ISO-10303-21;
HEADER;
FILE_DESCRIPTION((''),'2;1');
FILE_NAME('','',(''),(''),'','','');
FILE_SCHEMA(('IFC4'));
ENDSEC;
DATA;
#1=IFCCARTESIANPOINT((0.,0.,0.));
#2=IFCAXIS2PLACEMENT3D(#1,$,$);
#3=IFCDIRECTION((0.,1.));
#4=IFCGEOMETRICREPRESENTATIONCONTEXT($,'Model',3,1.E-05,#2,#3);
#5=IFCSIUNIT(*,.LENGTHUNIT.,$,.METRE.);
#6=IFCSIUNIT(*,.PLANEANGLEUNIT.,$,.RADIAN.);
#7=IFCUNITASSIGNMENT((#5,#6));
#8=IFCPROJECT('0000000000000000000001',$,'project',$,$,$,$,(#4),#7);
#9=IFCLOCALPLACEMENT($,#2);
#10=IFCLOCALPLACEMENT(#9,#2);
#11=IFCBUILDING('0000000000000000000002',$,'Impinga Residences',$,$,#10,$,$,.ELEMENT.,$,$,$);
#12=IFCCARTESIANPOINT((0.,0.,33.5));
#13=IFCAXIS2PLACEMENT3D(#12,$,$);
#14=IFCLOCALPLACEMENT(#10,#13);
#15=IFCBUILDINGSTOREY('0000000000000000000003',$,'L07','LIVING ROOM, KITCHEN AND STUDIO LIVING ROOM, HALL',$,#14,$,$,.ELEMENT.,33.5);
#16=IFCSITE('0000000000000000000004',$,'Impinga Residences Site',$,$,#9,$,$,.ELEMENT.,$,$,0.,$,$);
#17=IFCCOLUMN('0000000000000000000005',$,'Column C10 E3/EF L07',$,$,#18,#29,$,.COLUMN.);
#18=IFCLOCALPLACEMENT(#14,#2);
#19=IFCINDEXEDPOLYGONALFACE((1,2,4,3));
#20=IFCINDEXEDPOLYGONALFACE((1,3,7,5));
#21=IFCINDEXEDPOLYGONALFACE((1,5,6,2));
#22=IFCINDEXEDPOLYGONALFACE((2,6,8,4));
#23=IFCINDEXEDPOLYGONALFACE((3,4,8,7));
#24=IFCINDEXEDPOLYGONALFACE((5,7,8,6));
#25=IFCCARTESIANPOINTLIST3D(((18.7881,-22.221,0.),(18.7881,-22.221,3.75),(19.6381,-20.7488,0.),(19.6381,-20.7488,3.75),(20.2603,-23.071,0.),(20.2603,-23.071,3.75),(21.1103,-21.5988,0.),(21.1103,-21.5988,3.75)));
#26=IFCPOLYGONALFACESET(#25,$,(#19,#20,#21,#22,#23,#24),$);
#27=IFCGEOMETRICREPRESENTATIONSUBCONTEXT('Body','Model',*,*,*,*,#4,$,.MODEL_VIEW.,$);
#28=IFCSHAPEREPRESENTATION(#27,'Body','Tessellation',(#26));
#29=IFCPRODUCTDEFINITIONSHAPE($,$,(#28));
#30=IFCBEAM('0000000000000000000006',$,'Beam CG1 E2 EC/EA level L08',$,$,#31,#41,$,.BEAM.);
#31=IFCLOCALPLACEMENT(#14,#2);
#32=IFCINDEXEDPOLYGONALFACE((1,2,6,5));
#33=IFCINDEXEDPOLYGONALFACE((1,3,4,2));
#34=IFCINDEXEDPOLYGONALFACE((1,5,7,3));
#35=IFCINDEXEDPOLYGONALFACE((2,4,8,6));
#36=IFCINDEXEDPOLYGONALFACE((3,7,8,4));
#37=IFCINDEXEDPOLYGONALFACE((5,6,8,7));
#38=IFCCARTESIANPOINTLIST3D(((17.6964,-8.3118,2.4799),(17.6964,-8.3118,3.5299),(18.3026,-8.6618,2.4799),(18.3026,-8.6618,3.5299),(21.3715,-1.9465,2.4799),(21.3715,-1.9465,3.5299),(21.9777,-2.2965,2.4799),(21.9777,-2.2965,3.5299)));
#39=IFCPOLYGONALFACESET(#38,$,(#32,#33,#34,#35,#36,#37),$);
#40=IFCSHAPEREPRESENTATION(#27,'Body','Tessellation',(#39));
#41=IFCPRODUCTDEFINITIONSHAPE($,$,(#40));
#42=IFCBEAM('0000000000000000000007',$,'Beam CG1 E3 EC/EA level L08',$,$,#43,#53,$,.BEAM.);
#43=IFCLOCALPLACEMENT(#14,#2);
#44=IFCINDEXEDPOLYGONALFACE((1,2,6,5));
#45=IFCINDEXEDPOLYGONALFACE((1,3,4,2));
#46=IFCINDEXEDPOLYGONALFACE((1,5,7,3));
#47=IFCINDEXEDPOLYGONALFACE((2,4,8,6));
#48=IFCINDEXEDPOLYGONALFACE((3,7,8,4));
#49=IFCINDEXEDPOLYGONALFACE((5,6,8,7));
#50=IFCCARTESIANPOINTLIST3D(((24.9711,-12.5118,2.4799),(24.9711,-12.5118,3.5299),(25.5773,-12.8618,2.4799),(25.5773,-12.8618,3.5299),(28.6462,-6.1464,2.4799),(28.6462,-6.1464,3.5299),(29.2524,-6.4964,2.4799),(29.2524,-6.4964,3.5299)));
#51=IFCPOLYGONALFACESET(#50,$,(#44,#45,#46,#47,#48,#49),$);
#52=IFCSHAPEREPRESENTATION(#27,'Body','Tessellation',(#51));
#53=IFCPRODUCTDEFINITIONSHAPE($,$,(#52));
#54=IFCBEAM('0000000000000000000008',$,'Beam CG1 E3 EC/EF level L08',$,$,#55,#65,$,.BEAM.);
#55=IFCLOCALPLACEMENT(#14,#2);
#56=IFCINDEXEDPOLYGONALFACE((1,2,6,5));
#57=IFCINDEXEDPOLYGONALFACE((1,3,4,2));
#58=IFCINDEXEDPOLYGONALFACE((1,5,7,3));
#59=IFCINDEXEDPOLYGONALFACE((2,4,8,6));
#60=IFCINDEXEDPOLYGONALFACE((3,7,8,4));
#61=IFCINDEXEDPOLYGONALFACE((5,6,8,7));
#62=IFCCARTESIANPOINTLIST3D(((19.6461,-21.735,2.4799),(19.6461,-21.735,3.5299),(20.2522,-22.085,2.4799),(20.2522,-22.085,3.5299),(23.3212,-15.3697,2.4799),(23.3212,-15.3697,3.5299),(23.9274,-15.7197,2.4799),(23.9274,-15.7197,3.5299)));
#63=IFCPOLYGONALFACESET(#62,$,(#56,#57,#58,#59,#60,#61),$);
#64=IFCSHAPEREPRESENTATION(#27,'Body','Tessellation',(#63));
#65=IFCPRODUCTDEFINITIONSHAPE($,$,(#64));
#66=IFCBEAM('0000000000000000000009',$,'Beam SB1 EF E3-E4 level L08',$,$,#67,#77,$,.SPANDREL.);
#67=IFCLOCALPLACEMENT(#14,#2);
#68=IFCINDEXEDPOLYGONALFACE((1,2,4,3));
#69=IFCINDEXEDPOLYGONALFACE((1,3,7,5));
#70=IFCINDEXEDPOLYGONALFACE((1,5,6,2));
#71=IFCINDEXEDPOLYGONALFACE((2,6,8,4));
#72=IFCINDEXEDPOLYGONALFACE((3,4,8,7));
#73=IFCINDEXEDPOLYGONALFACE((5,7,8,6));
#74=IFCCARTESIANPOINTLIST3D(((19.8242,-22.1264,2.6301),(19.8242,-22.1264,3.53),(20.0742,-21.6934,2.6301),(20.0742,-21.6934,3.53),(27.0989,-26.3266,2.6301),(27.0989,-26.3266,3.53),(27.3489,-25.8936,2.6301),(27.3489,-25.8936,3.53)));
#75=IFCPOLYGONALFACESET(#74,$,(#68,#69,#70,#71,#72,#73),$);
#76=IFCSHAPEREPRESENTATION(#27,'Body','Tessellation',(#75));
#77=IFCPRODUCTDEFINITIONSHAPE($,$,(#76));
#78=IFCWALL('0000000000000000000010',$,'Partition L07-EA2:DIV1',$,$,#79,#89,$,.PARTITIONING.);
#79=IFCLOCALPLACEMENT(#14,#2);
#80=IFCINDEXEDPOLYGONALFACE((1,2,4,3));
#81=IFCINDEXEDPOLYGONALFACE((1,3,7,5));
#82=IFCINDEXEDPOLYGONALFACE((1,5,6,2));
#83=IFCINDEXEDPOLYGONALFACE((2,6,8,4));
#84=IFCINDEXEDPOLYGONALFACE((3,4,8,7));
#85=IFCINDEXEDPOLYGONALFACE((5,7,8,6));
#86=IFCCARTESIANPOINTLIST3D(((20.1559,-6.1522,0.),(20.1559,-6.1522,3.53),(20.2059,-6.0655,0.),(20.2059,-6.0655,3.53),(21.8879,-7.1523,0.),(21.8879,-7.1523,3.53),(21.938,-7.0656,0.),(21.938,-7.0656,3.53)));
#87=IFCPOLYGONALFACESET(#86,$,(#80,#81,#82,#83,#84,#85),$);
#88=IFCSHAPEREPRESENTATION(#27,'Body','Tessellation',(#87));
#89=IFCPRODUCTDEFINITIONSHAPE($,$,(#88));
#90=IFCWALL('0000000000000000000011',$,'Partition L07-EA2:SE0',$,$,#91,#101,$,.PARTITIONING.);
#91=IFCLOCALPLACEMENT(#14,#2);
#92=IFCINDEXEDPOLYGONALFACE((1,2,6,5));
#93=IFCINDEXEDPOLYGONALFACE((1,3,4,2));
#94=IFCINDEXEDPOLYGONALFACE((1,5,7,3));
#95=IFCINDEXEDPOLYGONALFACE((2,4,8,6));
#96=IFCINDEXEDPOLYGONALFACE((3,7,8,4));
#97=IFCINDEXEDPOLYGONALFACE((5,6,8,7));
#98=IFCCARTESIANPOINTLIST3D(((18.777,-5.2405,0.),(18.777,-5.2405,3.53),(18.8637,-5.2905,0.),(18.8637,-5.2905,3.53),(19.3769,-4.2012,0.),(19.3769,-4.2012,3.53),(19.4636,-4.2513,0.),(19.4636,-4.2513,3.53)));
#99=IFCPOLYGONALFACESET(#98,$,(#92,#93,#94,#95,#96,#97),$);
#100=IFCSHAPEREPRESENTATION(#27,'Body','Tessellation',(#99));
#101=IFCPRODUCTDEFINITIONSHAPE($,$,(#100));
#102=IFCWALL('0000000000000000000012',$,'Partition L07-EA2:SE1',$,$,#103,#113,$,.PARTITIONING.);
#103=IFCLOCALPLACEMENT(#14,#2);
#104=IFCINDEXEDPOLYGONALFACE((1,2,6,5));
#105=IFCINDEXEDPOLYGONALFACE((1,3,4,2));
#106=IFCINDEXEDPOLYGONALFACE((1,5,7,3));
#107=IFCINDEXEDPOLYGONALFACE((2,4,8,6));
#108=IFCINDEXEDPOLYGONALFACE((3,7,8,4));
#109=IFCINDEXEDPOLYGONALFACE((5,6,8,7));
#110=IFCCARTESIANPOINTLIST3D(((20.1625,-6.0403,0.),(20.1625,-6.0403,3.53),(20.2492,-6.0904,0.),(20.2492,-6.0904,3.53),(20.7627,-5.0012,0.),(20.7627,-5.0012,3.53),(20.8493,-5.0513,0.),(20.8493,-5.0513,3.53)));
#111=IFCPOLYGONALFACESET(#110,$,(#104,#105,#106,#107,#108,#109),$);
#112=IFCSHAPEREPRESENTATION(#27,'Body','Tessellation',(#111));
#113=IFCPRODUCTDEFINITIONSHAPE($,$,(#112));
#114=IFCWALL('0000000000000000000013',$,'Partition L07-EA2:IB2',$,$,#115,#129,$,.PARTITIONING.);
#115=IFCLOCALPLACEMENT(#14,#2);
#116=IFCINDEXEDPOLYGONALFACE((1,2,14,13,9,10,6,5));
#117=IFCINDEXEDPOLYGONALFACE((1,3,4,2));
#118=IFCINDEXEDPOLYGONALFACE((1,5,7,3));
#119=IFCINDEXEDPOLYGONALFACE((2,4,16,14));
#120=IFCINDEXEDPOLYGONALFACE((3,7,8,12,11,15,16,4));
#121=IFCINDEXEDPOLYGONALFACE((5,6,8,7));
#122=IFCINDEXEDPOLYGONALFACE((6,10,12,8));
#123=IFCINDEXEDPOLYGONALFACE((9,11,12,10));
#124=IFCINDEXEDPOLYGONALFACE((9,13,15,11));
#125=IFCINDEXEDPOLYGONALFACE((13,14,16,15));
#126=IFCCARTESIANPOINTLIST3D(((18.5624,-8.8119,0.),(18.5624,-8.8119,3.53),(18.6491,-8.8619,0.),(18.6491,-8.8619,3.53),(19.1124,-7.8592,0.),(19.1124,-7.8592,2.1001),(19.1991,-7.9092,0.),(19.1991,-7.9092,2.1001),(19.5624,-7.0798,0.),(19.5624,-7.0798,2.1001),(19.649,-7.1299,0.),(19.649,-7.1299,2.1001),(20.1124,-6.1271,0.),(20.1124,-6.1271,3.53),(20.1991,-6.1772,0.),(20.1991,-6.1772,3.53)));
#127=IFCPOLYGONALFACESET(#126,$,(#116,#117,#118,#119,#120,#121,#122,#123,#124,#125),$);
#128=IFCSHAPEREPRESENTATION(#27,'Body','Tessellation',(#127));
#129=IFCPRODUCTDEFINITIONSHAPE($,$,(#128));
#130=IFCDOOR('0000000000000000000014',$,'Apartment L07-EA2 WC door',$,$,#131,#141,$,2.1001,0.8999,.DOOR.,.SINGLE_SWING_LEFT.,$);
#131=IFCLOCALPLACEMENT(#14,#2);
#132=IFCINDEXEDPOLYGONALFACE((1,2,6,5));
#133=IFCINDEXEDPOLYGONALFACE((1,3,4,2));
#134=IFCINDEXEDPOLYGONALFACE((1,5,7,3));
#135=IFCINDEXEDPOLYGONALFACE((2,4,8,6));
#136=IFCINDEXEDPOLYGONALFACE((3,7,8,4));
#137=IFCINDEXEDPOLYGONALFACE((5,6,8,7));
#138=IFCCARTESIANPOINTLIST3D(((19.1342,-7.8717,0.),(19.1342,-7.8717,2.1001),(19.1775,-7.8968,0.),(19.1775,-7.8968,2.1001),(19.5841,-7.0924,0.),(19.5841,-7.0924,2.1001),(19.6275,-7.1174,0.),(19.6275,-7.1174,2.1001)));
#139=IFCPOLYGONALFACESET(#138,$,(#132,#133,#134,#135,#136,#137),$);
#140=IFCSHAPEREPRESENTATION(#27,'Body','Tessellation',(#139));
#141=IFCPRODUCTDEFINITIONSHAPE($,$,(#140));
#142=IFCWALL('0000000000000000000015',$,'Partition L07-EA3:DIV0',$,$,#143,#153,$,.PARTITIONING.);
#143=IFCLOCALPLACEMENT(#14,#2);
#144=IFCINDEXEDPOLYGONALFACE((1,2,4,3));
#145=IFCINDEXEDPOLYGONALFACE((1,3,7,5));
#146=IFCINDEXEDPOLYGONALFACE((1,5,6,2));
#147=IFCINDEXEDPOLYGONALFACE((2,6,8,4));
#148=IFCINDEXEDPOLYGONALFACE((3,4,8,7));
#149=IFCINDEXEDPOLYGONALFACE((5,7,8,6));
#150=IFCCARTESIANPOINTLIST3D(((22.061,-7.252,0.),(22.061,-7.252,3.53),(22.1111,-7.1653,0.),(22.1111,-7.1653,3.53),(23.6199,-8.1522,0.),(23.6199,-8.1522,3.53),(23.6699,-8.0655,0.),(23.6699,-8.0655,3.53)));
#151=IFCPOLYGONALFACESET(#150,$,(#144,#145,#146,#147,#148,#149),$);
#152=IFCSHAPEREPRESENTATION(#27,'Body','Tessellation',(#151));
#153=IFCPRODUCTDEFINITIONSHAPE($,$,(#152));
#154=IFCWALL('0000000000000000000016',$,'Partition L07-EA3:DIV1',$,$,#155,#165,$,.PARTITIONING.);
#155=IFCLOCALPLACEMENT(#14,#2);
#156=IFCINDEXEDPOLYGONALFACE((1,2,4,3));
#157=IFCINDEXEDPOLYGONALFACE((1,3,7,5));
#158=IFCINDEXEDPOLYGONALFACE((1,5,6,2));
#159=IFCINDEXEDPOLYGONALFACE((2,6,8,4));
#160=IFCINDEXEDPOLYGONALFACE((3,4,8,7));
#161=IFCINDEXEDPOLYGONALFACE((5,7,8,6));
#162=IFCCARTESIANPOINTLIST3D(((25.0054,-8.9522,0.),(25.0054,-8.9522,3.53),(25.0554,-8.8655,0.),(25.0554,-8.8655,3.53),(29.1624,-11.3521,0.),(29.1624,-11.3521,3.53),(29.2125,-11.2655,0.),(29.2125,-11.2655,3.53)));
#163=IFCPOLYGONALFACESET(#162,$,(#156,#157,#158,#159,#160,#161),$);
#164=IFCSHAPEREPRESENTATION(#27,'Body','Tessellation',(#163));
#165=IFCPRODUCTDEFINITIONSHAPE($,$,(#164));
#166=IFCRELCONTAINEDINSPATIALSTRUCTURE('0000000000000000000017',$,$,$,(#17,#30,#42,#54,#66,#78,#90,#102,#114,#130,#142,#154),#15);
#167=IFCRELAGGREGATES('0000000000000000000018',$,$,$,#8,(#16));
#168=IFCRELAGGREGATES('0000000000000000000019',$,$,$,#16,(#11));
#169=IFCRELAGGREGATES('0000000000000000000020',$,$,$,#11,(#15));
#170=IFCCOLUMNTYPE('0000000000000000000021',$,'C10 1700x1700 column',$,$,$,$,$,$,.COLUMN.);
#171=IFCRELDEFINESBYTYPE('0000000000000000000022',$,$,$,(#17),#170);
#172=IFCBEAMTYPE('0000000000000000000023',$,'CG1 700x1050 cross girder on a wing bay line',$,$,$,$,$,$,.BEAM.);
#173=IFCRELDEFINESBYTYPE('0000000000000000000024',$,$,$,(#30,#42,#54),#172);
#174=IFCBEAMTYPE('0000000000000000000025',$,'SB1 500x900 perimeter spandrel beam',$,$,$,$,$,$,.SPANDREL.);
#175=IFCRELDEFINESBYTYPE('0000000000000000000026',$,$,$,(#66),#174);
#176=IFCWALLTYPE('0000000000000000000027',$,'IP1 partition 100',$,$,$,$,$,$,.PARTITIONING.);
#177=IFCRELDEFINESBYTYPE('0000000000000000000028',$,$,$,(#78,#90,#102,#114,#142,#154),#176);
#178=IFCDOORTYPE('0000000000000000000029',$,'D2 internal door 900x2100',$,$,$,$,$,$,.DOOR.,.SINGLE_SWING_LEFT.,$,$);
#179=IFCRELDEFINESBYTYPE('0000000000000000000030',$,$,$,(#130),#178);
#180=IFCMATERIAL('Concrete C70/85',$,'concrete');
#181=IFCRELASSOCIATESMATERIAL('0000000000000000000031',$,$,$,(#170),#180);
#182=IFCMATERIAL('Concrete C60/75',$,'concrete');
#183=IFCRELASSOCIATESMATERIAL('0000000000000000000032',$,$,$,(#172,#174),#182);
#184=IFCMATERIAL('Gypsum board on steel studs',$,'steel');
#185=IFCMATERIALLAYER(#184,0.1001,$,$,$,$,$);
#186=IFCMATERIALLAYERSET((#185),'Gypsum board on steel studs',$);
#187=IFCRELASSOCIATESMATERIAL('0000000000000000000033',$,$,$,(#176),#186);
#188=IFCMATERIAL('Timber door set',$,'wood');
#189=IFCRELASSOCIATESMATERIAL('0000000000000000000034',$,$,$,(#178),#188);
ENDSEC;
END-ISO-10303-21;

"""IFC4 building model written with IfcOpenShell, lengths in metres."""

from ifc_helpers import new_model, si_unit, direction, frame, frame_2d, origin, origin_2d, place, context, subcontext, project, spatial, rectangle, extrude, material, layer, layer_set, material_profile, profile_set, type_object, element, fill, save


model = new_model("IFC4")

# Units and contexts
model_context = context("Model", 3, precision=1e-05, world=origin(), true_north=direction((0.0, 1.0)))
body_context = subcontext(model_context, "Body", "Model", "MODEL_VIEW")
ifc_project = project(units=[si_unit("LENGTHUNIT", "METRE"), si_unit("PLANEANGLEUNIT", "RADIAN")], contexts=[model_context])

# Site, building, storey
site_placement = place(None, origin())
site = spatial("IfcSite", under=ifc_project, at=site_placement, Name="Impinga Residences Site", CompositionType="ELEMENT", RefElevation=0.0)
building_placement = place(site_placement, origin())
building = spatial("IfcBuilding", under=site, at=building_placement, Name="Impinga Residences", CompositionType="ELEMENT")
storey_placement = place(building_placement, frame((0.0, 0.0, 33.5)))
storey = spatial("IfcBuildingStorey", under=building, at=storey_placement, Name="L07", Description="LIVING ROOM, KITCHEN AND STUDIO LIVING ROOM, HALL", CompositionType="ELEMENT", Elevation=33.5)

# Column
ifc_material_1 = material(Name="Concrete C70/85", Category="concrete")
ifc_material_profile_1 = material_profile(ifc_material_1, rectangle(XDim=1.7, YDim=1.7, at=origin_2d()), Name="RC 1700x1700")
ifc_profile_set_1 = profile_set([ifc_material_profile_1], Name="Concrete C70/85")
column_type = type_object("IfcColumnType", Name="C10 1700x1700 column", PredefinedType="COLUMN", material=ifc_profile_set_1)
column_placement = place(storey_placement, frame((19.9492, -21.9099, 0.0), z_axis=(0.0, 0.0, 1.0), x_axis=(-0.5, -0.866025, 0.0)))
element("IfcColumn", 1, at=column_placement, inside=storey, type_object=column_type, Name="Column C10 E3/EF L07", PredefinedType="COLUMN", context=body_context, shape_type="SweptSolid", body=[
    extrude(rectangle(XDim=1.7, YDim=1.7, at=origin_2d()), origin(), (0.0, 0.0, 1.0), 3.75),
])

# Beams
ifc_material_2 = material(Name="Concrete C60/75", Category="concrete")
ifc_material_profile_2 = material_profile(ifc_material_2, rectangle(XDim=0.7, YDim=1.05, at=origin_2d()), Name="RC 700x1050")
ifc_profile_set_2 = profile_set([ifc_material_profile_2], Name="Concrete C60/75")
beam_type_1 = type_object("IfcBeamType", Name="CG1 700x1050 cross girder on a wing bay line", PredefinedType="BEAM", material=ifc_profile_set_2)
for number, where, z_axis, x_axis, name in (
    (2, (17.9995, -8.4868, 3.0049), (0.500008, 0.866021, 0.0), (-0.866021, 0.500008, 0.0), "Beam CG1 E2 EC/EA level L08"),
    (3, (25.2742, -12.6868, 3.0049), (0.500008, 0.866021, 0.0), (-0.866021, 0.500008, 0.0), "Beam CG1 E3 EC/EA level L08"),
    (4, (23.6243, -15.5447, 3.0049), (-0.500008, -0.866021, 0.0), (0.866021, -0.500008, 0.0), "Beam CG1 E3 EC/EF level L08"),
):
    element("IfcBeam", number, at=place(storey_placement, frame(where, z_axis=z_axis, x_axis=x_axis)), inside=storey, type_object=beam_type_1, Name=name, PredefinedType="BEAM", context=body_context, shape_type="SweptSolid", body=[
        extrude(rectangle(XDim=0.7, YDim=1.05, at=origin_2d()), origin(), (0.0, 0.0, 1.0), 7.3501),
    ])
ifc_material_profile_3 = material_profile(ifc_material_2, rectangle(XDim=0.5, YDim=0.8999, at=origin_2d()), Name="RC 500x900")
ifc_profile_set_3 = profile_set([ifc_material_profile_3], Name="Concrete C60/75")
beam_type_2 = type_object("IfcBeamType", Name="SB1 500x900 perimeter spandrel beam", PredefinedType="SPANDREL", material=ifc_profile_set_3)
beam_placement = place(storey_placement, frame((19.9492, -21.9099, 3.0801), z_axis=(0.866017, -0.500015, 0.0), x_axis=(0.500015, 0.866017, 0.0)))
element("IfcBeam", 5, at=beam_placement, inside=storey, type_object=beam_type_2, Name="Beam SB1 EF E3-E4 level L08", PredefinedType="SPANDREL", context=body_context, shape_type="SweptSolid", body=[
    extrude(rectangle(XDim=0.5, YDim=0.8999, at=origin_2d()), origin(), (0.0, 0.0, 1.0), 8.4001),
])

# Walls
ifc_material_3 = material(Name="Gypsum board on steel studs", Category="steel")
ifc_layer_1 = layer(ifc_material_3, 0.1001)
ifc_layer_set_1 = layer_set([ifc_layer_1], Name="Gypsum board on steel studs")
wall_type_1 = type_object("IfcWallType", Name="IP1 partition 100", PredefinedType="PARTITIONING", material=ifc_layer_set_1)
wall_1_placement = place(storey_placement, frame((20.1809, -6.1089, 0.0), z_axis=(0.0, 0.0, 1.0), x_axis=(0.866011, -0.500025, 0.0)))
element("IfcWall", 6, at=wall_1_placement, inside=storey, type_object=wall_type_1, Name="Partition L07-EA2:DIV1", PredefinedType="PARTITIONING", context=body_context, shape_type="SweptSolid", body=[
    extrude(rectangle(XDim=2.0, YDim=0.1001, at=frame_2d((1.0, 0.0))), origin(), (0.0, 0.0, 1.0), 3.53),
])
for number, where, z_axis, x_axis, name in (
    (7, (18.8203, -5.2656, 0.0), (0.0, 0.0, 1.0), (0.499881, 0.866094, 0.0), "Partition L07-EA2:SE0"),
    (8, (20.2058, -6.0654, 0.0), (0.0, 0.0, 1.0), (0.500122, 0.865955, 0.0), "Partition L07-EA2:SE1"),
):
    element("IfcWall", number, at=place(storey_placement, frame(where, z_axis=z_axis, x_axis=x_axis)), inside=storey, type_object=wall_type_1, Name=name, PredefinedType="PARTITIONING", context=body_context, shape_type="SweptSolid", body=[
        extrude(rectangle(XDim=1.2, YDim=0.1001, at=frame_2d((0.6001, 0.0))), origin(), (0.0, 0.0, 1.0), 3.53),
    ])

# Wall, opening, door
wall_2_placement = place(storey_placement, frame((18.6057, -8.8369, 0.0), z_axis=(0.0, 0.0, 1.0), x_axis=(0.499993, 0.86603, 0.0)))
wall_2 = element("IfcWall", 9, at=wall_2_placement, inside=storey, type_object=wall_type_1, Name="Partition L07-EA2:IB2", PredefinedType="PARTITIONING", context=body_context, shape_type="SweptSolid", body=[
    extrude(rectangle(XDim=3.1001, YDim=0.1001, at=frame_2d((1.55, 0.0))), origin(), (0.0, 0.0, 1.0), 3.53),
])
opening_1_placement = place(wall_2_placement, frame((1.1001, 0.0, 0.0)))
opening_1 = element("IfcOpeningElement", 10, at=opening_1_placement, cuts=wall_2, PredefinedType="OPENING", context=body_context, shape_type="SweptSolid", body=[
    extrude(rectangle(XDim=0.8999, YDim=2.1001, at=frame_2d((0.45, 1.05))), frame((0.0, 0.0601, 0.0), z_axis=(0.0, -1.0, 0.0), x_axis=(1.0, 0.0, 0.0)), (0.0, 0.0, 1.0), 0.1201),
])
ifc_material_4 = material(Name="Timber door set", Category="wood")
door_type = type_object("IfcDoorType", Name="D2 internal door 900x2100", OperationType="SINGLE_SWING_LEFT", PredefinedType="DOOR", material=ifc_material_4)
door_1_placement = place(opening_1_placement, origin())
door_1 = element("IfcDoor", 11, at=door_1_placement, inside=storey, type_object=door_type, Name="Apartment L07-EA2 WC door", OperationType="SINGLE_SWING_LEFT", OverallHeight=2.1001, OverallWidth=0.8999, PredefinedType="DOOR", context=body_context, shape_type="SweptSolid", body=[
    extrude(rectangle(XDim=0.8999, YDim=2.1001, at=frame_2d((0.45, 1.05))), frame((0.0, 0.0249, 0.0), z_axis=(0.0, -1.0, 0.0), x_axis=(1.0, 0.0, 0.0)), (0.0, 0.0, 1.0), 0.05),
])
fill(opening_1, door_1)

# Walls
wall_3_placement = place(storey_placement, frame((22.0862, -7.2087, 0.0), z_axis=(0.0, 0.0, 1.0), x_axis=(0.865989, -0.500063, 0.0)))
element("IfcWall", 12, at=wall_3_placement, inside=storey, type_object=wall_type_1, Name="Partition L07-EA3:DIV0", PredefinedType="PARTITIONING", context=body_context, shape_type="SweptSolid", body=[
    extrude(rectangle(XDim=1.8, YDim=0.1001, at=frame_2d((0.8999, 0.0))), origin(), (0.0, 0.0, 1.0), 3.53),
])
wall_4_placement = place(storey_placement, frame((25.0305, -8.9089, 0.0), z_axis=(0.0, 0.0, 1.0), x_axis=(0.866037, -0.499979, 0.0)))
element("IfcWall", 13, at=wall_4_placement, inside=storey, type_object=wall_type_1, Name="Partition L07-EA3:DIV1", PredefinedType="PARTITIONING", context=body_context, shape_type="SweptSolid", body=[
    extrude(rectangle(XDim=4.8, YDim=0.1001, at=frame_2d((2.3999, 0.0))), origin(), (0.0, 0.0, 1.0), 3.53),
])

save(model, "model.ifc")
